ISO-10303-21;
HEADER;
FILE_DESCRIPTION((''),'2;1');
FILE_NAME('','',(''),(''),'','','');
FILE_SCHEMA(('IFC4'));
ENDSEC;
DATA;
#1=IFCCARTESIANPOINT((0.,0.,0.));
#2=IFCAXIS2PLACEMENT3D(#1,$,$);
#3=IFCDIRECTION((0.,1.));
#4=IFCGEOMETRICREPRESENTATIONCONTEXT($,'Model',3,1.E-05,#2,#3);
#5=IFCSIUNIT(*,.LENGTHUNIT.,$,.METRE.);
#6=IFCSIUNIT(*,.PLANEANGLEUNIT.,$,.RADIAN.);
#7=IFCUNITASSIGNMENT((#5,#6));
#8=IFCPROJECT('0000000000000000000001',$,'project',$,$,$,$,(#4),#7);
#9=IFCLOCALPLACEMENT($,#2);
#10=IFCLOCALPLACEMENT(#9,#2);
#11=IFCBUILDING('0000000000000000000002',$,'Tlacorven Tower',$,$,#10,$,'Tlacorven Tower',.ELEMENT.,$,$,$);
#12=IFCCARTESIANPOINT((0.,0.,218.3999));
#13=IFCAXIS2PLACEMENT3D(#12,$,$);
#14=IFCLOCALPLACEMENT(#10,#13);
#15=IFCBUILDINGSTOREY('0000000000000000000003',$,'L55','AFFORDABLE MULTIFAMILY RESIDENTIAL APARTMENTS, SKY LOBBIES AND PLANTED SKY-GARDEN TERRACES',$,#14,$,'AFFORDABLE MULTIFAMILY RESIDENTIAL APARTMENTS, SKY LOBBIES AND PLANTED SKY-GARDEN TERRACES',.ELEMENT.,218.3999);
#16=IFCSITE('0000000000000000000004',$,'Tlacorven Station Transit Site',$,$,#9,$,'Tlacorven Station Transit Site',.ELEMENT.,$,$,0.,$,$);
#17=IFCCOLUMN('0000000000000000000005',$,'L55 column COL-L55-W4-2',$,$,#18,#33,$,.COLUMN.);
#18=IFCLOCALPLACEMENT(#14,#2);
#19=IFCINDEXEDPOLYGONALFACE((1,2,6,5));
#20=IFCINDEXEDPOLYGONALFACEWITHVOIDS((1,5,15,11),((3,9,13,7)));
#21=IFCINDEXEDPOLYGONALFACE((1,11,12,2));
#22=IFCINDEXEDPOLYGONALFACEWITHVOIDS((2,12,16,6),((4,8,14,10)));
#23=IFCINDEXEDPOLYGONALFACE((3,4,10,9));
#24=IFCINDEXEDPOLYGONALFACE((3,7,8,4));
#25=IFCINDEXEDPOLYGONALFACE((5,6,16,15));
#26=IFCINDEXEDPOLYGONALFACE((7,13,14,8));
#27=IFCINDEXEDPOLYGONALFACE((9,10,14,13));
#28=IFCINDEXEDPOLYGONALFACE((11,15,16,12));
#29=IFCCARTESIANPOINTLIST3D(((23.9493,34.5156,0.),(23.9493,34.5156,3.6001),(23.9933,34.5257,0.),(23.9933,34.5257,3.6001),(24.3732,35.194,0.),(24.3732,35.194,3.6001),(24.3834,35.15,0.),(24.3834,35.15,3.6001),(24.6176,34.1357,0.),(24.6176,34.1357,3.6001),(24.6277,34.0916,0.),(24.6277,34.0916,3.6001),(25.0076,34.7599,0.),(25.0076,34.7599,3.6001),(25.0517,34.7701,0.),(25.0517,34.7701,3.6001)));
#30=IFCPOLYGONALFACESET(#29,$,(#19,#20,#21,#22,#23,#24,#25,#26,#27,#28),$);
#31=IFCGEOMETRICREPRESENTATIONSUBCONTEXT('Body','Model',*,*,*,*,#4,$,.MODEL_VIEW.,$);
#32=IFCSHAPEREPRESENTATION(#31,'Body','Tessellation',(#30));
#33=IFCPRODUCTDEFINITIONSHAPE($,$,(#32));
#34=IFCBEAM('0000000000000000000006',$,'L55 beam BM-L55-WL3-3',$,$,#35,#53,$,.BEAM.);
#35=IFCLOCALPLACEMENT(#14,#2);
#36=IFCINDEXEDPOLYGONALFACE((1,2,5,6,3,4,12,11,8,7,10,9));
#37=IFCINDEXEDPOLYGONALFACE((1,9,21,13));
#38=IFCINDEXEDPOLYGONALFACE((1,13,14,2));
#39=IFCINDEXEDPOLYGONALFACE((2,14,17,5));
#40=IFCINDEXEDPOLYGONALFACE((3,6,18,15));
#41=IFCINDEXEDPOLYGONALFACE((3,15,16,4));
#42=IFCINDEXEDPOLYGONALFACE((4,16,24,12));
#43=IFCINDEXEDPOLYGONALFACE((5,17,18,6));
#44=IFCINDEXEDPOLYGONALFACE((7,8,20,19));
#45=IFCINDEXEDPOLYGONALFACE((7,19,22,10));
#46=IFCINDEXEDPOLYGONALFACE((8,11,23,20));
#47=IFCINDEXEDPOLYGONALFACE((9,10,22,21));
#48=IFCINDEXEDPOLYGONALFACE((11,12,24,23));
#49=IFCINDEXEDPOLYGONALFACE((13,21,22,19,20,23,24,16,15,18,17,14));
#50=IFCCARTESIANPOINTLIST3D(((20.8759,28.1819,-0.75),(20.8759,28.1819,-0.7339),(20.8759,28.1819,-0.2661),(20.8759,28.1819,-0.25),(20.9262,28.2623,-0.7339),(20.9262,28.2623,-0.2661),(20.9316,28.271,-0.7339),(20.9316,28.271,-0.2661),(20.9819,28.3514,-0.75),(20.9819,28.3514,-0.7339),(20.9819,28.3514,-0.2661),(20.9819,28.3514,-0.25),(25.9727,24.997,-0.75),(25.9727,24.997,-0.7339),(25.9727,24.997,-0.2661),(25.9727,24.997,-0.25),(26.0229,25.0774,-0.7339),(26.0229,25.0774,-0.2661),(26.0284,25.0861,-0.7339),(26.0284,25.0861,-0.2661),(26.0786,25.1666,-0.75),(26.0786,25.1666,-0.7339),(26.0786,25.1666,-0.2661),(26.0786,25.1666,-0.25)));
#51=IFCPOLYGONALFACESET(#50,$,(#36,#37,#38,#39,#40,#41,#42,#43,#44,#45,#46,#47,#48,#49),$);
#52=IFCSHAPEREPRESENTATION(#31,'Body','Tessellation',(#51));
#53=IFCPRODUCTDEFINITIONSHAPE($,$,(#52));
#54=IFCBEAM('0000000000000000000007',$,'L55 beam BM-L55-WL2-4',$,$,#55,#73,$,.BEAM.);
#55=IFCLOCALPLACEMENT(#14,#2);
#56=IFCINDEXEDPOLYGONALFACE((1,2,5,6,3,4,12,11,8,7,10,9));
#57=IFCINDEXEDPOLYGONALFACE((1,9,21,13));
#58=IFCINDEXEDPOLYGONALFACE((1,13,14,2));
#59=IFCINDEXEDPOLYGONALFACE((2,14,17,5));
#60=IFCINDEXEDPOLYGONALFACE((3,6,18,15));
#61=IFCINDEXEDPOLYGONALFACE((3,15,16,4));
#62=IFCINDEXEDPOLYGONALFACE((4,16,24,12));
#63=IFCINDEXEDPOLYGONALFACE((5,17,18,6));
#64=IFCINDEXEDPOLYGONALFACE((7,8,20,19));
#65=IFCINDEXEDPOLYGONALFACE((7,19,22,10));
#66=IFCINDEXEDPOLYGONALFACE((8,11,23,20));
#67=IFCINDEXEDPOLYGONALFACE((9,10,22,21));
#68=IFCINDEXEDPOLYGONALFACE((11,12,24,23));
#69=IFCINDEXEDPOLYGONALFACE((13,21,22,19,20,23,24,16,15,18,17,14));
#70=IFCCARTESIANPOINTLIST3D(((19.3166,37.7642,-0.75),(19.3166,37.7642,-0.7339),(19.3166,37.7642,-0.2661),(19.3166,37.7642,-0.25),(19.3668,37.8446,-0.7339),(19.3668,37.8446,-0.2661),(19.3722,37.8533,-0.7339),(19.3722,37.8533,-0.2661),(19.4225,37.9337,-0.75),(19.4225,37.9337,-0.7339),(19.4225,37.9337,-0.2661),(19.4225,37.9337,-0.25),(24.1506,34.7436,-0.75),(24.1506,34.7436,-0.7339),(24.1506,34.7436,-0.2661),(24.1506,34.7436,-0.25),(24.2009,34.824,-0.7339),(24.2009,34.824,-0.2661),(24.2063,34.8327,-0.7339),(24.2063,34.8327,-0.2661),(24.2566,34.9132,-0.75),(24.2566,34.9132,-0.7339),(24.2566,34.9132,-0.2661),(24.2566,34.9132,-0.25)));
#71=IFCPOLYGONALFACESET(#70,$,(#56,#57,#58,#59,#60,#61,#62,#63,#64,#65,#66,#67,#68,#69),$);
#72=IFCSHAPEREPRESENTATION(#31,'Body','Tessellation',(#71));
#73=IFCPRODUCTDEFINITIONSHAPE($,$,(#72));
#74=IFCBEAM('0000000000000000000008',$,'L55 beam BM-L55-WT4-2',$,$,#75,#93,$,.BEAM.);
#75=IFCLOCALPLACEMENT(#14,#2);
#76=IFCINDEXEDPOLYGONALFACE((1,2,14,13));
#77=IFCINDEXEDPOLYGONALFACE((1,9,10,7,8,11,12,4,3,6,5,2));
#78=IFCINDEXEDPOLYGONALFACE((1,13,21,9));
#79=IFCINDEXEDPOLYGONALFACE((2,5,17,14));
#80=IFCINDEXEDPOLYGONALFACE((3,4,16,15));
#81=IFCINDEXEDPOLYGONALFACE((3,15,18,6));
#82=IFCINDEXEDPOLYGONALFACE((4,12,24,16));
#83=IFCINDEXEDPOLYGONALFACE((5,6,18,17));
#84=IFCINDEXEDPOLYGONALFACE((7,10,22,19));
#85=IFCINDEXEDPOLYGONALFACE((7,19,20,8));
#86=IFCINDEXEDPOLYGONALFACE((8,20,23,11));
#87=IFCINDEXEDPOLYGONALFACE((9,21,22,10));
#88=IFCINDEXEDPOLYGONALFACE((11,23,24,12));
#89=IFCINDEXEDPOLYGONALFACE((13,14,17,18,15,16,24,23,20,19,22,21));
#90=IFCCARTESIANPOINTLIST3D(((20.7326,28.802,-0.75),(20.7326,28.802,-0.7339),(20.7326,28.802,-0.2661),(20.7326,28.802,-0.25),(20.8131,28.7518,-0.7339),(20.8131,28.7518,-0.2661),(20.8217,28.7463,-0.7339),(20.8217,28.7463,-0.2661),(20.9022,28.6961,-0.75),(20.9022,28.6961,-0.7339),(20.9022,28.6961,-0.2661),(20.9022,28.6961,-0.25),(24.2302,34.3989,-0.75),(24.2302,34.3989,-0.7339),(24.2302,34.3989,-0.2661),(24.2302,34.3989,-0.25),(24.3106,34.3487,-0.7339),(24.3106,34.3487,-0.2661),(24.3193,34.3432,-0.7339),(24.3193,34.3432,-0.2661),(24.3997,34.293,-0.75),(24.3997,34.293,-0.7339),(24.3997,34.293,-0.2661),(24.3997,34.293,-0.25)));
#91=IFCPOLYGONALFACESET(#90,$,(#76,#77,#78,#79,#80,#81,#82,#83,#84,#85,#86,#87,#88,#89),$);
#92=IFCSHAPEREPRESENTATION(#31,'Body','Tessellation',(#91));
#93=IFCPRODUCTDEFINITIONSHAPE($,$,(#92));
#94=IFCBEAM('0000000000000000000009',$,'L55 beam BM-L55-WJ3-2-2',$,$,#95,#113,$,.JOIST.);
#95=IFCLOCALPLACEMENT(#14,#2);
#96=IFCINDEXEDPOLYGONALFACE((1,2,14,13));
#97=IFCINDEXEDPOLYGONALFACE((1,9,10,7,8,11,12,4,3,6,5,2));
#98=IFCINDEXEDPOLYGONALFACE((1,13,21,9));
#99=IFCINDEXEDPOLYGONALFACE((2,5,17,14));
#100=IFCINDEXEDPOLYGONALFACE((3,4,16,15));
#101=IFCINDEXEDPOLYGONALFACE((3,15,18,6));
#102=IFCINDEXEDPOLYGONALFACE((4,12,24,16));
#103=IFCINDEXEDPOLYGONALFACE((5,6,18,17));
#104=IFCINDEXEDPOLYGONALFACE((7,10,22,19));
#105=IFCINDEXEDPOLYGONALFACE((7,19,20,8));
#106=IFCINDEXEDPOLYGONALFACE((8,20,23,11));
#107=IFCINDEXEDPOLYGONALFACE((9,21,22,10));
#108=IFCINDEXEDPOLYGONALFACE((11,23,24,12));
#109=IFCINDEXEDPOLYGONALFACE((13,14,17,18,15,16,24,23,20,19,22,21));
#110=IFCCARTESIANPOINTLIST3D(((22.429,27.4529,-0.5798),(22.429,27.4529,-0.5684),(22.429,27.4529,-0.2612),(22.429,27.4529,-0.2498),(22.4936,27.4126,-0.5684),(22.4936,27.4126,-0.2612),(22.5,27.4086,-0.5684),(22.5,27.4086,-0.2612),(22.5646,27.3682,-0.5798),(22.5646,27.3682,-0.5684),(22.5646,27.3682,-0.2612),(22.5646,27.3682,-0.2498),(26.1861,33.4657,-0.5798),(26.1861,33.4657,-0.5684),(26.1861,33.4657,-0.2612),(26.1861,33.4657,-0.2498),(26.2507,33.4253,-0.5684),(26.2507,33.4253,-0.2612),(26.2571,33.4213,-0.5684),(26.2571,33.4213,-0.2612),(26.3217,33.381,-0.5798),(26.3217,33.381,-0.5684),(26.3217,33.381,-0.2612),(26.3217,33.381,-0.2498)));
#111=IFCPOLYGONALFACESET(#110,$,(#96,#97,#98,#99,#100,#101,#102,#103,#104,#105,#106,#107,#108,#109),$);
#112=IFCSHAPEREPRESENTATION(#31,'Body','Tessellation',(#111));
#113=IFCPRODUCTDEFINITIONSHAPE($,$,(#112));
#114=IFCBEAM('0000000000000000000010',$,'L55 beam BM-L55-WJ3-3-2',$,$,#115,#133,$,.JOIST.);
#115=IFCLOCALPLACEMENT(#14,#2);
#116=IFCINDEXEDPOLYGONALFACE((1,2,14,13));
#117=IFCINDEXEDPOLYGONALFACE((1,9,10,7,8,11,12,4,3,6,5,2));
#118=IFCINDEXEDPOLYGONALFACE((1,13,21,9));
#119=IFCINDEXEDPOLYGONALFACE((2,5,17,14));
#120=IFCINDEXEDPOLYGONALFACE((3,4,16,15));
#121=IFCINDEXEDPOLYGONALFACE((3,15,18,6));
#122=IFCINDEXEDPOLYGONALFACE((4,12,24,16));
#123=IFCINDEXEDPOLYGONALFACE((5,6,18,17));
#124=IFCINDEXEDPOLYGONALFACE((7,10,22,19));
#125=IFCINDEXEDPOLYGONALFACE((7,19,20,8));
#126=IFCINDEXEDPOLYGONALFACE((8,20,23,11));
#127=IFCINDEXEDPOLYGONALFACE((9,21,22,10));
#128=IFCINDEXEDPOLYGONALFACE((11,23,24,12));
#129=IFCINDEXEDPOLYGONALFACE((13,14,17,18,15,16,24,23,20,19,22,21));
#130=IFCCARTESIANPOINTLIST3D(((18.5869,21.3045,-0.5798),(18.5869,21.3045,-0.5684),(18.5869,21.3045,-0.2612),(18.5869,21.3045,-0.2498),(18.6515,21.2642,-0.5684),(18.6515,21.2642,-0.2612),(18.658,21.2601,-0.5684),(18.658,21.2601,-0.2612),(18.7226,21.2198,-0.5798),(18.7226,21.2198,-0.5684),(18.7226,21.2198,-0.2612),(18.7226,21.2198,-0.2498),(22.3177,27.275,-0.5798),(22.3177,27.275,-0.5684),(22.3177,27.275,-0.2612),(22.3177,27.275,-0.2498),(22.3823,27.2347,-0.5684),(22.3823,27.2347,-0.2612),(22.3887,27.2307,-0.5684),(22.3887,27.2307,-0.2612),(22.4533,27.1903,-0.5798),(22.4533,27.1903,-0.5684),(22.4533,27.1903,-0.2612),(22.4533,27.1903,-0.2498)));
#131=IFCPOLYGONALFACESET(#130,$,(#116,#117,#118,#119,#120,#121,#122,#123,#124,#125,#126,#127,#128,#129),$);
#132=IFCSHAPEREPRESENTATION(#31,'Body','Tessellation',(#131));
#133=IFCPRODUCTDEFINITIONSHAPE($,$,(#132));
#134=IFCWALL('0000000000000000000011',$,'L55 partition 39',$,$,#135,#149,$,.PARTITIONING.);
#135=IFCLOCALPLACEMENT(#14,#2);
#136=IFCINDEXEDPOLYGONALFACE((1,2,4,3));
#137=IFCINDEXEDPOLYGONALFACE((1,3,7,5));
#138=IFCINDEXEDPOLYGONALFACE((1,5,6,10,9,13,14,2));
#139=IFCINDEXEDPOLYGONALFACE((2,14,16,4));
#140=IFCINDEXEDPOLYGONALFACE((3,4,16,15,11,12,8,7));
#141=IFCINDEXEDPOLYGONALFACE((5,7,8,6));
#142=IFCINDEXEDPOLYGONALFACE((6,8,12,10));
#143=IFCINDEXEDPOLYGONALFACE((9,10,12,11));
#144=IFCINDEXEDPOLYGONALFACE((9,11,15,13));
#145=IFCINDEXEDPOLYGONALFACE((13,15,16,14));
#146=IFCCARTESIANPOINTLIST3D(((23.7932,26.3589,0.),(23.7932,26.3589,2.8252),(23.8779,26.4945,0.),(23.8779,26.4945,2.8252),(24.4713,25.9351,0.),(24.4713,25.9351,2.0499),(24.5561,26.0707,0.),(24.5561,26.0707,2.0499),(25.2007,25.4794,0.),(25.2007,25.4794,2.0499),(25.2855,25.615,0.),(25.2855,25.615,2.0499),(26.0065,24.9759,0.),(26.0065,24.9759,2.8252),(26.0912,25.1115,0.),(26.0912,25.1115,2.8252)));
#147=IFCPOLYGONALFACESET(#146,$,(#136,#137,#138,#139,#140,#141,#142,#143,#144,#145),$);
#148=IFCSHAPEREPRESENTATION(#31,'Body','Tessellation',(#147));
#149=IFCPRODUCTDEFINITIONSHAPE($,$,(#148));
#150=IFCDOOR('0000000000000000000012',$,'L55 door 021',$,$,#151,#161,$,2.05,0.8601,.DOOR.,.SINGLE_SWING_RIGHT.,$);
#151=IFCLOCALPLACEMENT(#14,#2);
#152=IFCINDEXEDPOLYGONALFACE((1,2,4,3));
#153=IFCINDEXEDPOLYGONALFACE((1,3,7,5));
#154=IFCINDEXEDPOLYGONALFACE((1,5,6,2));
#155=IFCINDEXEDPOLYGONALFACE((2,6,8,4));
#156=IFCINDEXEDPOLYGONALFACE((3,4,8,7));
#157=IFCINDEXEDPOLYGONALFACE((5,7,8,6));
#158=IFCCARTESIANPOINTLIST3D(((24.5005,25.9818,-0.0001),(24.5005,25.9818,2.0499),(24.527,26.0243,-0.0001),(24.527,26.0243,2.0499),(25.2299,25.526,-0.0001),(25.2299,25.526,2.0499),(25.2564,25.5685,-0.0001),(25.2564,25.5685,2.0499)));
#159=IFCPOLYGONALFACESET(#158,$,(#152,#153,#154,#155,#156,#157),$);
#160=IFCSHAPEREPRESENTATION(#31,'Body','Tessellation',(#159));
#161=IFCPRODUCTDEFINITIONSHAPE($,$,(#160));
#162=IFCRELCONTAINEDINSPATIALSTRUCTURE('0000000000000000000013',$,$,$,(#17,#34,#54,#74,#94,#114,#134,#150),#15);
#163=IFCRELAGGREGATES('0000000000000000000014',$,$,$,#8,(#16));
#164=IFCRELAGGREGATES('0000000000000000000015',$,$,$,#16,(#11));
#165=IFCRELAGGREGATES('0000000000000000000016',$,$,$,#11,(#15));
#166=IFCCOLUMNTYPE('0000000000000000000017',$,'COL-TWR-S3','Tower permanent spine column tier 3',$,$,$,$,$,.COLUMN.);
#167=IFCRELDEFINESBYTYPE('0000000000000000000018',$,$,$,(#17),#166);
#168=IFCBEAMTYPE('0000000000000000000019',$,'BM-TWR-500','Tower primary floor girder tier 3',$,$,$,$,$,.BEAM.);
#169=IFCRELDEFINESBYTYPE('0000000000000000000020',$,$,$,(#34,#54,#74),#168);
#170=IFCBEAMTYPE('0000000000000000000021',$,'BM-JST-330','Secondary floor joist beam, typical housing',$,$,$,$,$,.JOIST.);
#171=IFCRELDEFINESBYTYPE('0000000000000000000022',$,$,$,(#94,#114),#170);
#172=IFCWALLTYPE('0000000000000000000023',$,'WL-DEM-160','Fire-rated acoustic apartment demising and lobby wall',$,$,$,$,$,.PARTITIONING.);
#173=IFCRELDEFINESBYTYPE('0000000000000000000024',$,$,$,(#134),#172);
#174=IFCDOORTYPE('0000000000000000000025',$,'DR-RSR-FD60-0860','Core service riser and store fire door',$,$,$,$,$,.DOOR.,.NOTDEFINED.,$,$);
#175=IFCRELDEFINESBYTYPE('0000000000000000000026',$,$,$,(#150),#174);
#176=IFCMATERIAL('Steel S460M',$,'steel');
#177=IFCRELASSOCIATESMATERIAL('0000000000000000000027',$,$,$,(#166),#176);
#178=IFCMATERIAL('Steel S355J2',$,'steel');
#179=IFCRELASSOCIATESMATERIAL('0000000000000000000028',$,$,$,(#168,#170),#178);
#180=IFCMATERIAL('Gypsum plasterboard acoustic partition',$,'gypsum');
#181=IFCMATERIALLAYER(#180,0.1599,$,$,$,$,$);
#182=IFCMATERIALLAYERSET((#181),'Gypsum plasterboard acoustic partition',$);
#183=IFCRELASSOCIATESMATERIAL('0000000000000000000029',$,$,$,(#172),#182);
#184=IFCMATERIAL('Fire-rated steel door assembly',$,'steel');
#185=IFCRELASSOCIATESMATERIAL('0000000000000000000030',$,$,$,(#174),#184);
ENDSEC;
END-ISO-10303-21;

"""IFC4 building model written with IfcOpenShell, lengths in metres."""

from ifc_helpers import new_model, si_unit, direction, frame, frame_2d, origin, origin_2d, place, context, subcontext, project, spatial, rectangle, hollow_rectangle, i_section, extrude, source, transform, mapped, material, layer, layer_set, material_profile, profile_set, type_object, element, fill, save


model = new_model("IFC4")

# Units and contexts
model_context = context("Model", 3, precision=1e-05, world=origin(), true_north=direction((0.0, 1.0)))
body_context = subcontext(model_context, "Body", "Model", "MODEL_VIEW")
ifc_project = project(units=[si_unit("LENGTHUNIT", "METRE"), si_unit("PLANEANGLEUNIT", "RADIAN")], contexts=[model_context])

# Site, building, storey
site_placement = place(None, origin())
site = spatial("IfcSite", under=ifc_project, at=site_placement, Name="Tlacorven Station Transit Site", LongName="Tlacorven Station Transit Site", CompositionType="ELEMENT", RefElevation=0.0)
building_placement = place(site_placement, origin())
building = spatial("IfcBuilding", under=site, at=building_placement, Name="Tlacorven Tower", LongName="Tlacorven Tower", CompositionType="ELEMENT")
storey_placement = place(building_placement, frame((0.0, 0.0, 218.3999)))
storey = spatial("IfcBuildingStorey", under=building, at=storey_placement, Name="L55", Description="AFFORDABLE MULTIFAMILY RESIDENTIAL APARTMENTS, SKY LOBBIES AND PLANTED SKY-GARDEN TERRACES", LongName="AFFORDABLE MULTIFAMILY RESIDENTIAL APARTMENTS, SKY LOBBIES AND PLANTED SKY-GARDEN TERRACES", CompositionType="ELEMENT", Elevation=218.3999)

# Column
ifc_material_1 = material(Name="Steel S460M", Category="steel")
ifc_material_profile_1 = material_profile(ifc_material_1, hollow_rectangle(XDim=0.8, YDim=0.8, WallThickness=0.032, at=origin_2d()), Name="BOX 800X800X32")
ifc_profile_set_1 = profile_set([ifc_material_profile_1], Name="Steel S460M")
column_type = type_object("IfcColumnType", Name="COL-TWR-S3", Description="Tower permanent spine column tier 3", PredefinedType="COLUMN", material=ifc_profile_set_1)
shared_shape_1 = source(origin(), body_context, "Body", "SweptSolid", [
    extrude(hollow_rectangle(XDim=0.8, YDim=0.8, WallThickness=0.032, at=origin_2d()), origin(), (0.0, 0.0, 1.0), 3.6001),
])
column_placement = place(storey_placement, frame((24.5005, 34.6428, 0.0), z_axis=(0.0, 0.0, 1.0), x_axis=(-0.848048, 0.529919, 0.0)))
element("IfcColumn", 1, at=column_placement, inside=storey, type_object=column_type, Name="L55 column COL-L55-W4-2", PredefinedType="COLUMN", context=body_context, shape_type="MappedRepresentation", body=[
    mapped(shared_shape_1, transform((0.0, 0.0, 0.0), scale=1.0)),
])

# Beams
ifc_material_2 = material(Name="Steel S355J2", Category="steel")
ifc_material_profile_2 = material_profile(ifc_material_2, i_section(OverallWidth=0.2, OverallDepth=0.5, WebThickness=0.0103, FlangeThickness=0.0161, at=origin_2d()), Name="IPE 500")
ifc_profile_set_2 = profile_set([ifc_material_profile_2], Name="Steel S355J2")
beam_type_1 = type_object("IfcBeamType", Name="BM-TWR-500", Description="Tower primary floor girder tier 3", PredefinedType="BEAM", material=ifc_profile_set_2)
shared_shape_2 = source(origin(), body_context, "Body", "SweptSolid", [
    extrude(i_section(OverallWidth=0.2, OverallDepth=0.5, WebThickness=0.0103, FlangeThickness=0.0161, at=origin_2d()), origin(), (0.0, 0.0, 1.0), 6.01),
])
beam_1_placement = place(storey_placement, frame((26.0256, 25.0818, -0.5), z_axis=(-0.848044, 0.529926, 0.0), x_axis=(-0.529926, -0.848044, 0.0)))
element("IfcBeam", 2, at=beam_1_placement, inside=storey, type_object=beam_type_1, Name="L55 beam BM-L55-WL3-3", PredefinedType="BEAM", context=body_context, shape_type="MappedRepresentation", body=[
    mapped(shared_shape_2, transform((0.0, 0.0, 0.0), scale=1.0)),
])
shared_shape_3 = source(origin(), body_context, "Body", "SweptSolid", [
    extrude(i_section(OverallWidth=0.2, OverallDepth=0.5, WebThickness=0.0103, FlangeThickness=0.0161, at=origin_2d()), origin(), (0.0, 0.0, 1.0), 5.7002),
])
beam_2_placement = place(storey_placement, frame((24.2036, 34.8284, -0.5), z_axis=(-0.848056, 0.529907, 0.0), x_axis=(-0.529907, -0.848056, 0.0)))
element("IfcBeam", 3, at=beam_2_placement, inside=storey, type_object=beam_type_1, Name="L55 beam BM-L55-WL2-4", PredefinedType="BEAM", context=body_context, shape_type="MappedRepresentation", body=[
    mapped(shared_shape_3, transform((0.0, 0.0, 0.0), scale=1.0)),
])
shared_shape_4 = source(origin(), body_context, "Body", "SweptSolid", [
    extrude(i_section(OverallWidth=0.2, OverallDepth=0.5, WebThickness=0.0103, FlangeThickness=0.0161, at=origin_2d()), origin(), (0.0, 0.0, 1.0), 6.5999),
])
beam_3_placement = place(storey_placement, frame((24.3149, 34.3459, -0.5), z_axis=(-0.529942, -0.848034, 0.0), x_axis=(0.848034, -0.529942, 0.0)))
element("IfcBeam", 4, at=beam_3_placement, inside=storey, type_object=beam_type_1, Name="L55 beam BM-L55-WT4-2", PredefinedType="BEAM", context=body_context, shape_type="MappedRepresentation", body=[
    mapped(shared_shape_4, transform((0.0, 0.0, 0.0), scale=1.0)),
])
ifc_material_profile_3 = material_profile(ifc_material_2, i_section(OverallWidth=0.1599, OverallDepth=0.3301, WebThickness=0.0076, FlangeThickness=0.0115, at=origin_2d()), Name="IPE 330")
ifc_profile_set_3 = profile_set([ifc_material_profile_3], Name="Steel S355J2")
beam_type_2 = type_object("IfcBeamType", Name="BM-JST-330", Description="Secondary floor joist beam, typical housing", PredefinedType="JOIST", material=ifc_profile_set_3)
shared_shape_5 = source(origin(), body_context, "Body", "SweptSolid", [
    extrude(i_section(OverallWidth=0.1599, OverallDepth=0.3301, WebThickness=0.0076, FlangeThickness=0.0115, at=origin_2d()), origin(), (0.0, 0.0, 1.0), 7.0901),
])
beam_4_placement = place(storey_placement, frame((26.2539, 33.4233, -0.4148), z_axis=(-0.529912, -0.848052, 0.0), x_axis=(0.848052, -0.529912, 0.0)))
element("IfcBeam", 5, at=beam_4_placement, inside=storey, type_object=beam_type_2, Name="L55 beam BM-L55-WJ3-2-2", PredefinedType="JOIST", context=body_context, shape_type="MappedRepresentation", body=[
    mapped(shared_shape_5, transform((0.0, 0.0, 0.0), scale=1.0)),
])
shared_shape_6 = source(origin(), body_context, "Body", "SweptSolid", [
    extrude(i_section(OverallWidth=0.1599, OverallDepth=0.3301, WebThickness=0.0076, FlangeThickness=0.0115, at=origin_2d()), origin(), (0.0, 0.0, 1.0), 7.0403),
])
beam_5_placement = place(storey_placement, frame((22.3855, 27.2327, -0.4148), z_axis=(-0.529915, -0.848051, 0.0), x_axis=(0.848051, -0.529915, 0.0)))
element("IfcBeam", 6, at=beam_5_placement, inside=storey, type_object=beam_type_2, Name="L55 beam BM-L55-WJ3-3-2", PredefinedType="JOIST", context=body_context, shape_type="MappedRepresentation", body=[
    mapped(shared_shape_6, transform((0.0, 0.0, 0.0), scale=1.0)),
])

# Wall, opening, door
ifc_material_3 = material(Name="Gypsum plasterboard acoustic partition", Category="gypsum")
ifc_layer_1 = layer(ifc_material_3, 0.1599)
ifc_layer_set_1 = layer_set([ifc_layer_1], Name="Gypsum plasterboard acoustic partition")
wall_type_1 = type_object("IfcWallType", Name="WL-DEM-160", Description="Fire-rated acoustic apartment demising and lobby wall", PredefinedType="PARTITIONING", material=ifc_layer_set_1)
wall_1_placement = place(storey_placement, frame((26.0488, 25.0437, 0.0), z_axis=(0.0, 0.0, 1.0), x_axis=(-0.848051, 0.529915, 0.0)))
wall_1 = element("IfcWall", 7, at=wall_1_placement, inside=storey, type_object=wall_type_1, Name="L55 partition 39", PredefinedType="PARTITIONING", context=body_context, shape_type="SweptSolid", body=[
    extrude(rectangle(XDim=2.6099, YDim=0.1599, at=frame_2d((1.3049, 0.0))), origin(), (0.0, 0.0, 1.0), 2.8252),
])
opening_1_placement = place(wall_1_placement, frame((0.95, 0.0, 0.0)))
opening_1 = element("IfcOpeningElement", 8, at=opening_1_placement, cuts=wall_1, PredefinedType="OPENING", context=body_context, shape_type="SweptSolid", body=[
    extrude(rectangle(XDim=0.8601, YDim=2.05, at=frame_2d((0.4302, 1.0249))), frame((0.0, 0.0898, 0.0), z_axis=(0.0, -1.0, 0.0), x_axis=(1.0, 0.0, 0.0)), (0.0, 0.0, 1.0), 0.1799),
])
ifc_material_4 = material(Name="Fire-rated steel door assembly", Category="steel")
door_type_1 = type_object("IfcDoorType", Name="DR-RSR-FD60-0860", Description="Core service riser and store fire door", OperationType="NOTDEFINED", PredefinedType="DOOR", material=ifc_material_4)
shared_shape_7 = source(origin(), body_context, "Body", "SweptSolid", [
    extrude(rectangle(XDim=0.8601, YDim=2.05, at=frame_2d((0.4302, 1.0249))), frame((0.0, 0.0249, 0.0), z_axis=(0.0, -1.0, 0.0), x_axis=(1.0, 0.0, 0.0)), (0.0, 0.0, 1.0), 0.05),
])
door_1_placement = place(opening_1_placement, origin())
door_1 = element("IfcDoor", 9, at=door_1_placement, inside=storey, type_object=door_type_1, Name="L55 door 021", OperationType="SINGLE_SWING_RIGHT", OverallHeight=2.05, OverallWidth=0.8601, PredefinedType="DOOR", context=body_context, shape_type="MappedRepresentation", body=[
    mapped(shared_shape_7, transform((0.0, 0.0, 0.0), scale=1.0)),
])
fill(opening_1, door_1)

save(model, "model.ifc")
